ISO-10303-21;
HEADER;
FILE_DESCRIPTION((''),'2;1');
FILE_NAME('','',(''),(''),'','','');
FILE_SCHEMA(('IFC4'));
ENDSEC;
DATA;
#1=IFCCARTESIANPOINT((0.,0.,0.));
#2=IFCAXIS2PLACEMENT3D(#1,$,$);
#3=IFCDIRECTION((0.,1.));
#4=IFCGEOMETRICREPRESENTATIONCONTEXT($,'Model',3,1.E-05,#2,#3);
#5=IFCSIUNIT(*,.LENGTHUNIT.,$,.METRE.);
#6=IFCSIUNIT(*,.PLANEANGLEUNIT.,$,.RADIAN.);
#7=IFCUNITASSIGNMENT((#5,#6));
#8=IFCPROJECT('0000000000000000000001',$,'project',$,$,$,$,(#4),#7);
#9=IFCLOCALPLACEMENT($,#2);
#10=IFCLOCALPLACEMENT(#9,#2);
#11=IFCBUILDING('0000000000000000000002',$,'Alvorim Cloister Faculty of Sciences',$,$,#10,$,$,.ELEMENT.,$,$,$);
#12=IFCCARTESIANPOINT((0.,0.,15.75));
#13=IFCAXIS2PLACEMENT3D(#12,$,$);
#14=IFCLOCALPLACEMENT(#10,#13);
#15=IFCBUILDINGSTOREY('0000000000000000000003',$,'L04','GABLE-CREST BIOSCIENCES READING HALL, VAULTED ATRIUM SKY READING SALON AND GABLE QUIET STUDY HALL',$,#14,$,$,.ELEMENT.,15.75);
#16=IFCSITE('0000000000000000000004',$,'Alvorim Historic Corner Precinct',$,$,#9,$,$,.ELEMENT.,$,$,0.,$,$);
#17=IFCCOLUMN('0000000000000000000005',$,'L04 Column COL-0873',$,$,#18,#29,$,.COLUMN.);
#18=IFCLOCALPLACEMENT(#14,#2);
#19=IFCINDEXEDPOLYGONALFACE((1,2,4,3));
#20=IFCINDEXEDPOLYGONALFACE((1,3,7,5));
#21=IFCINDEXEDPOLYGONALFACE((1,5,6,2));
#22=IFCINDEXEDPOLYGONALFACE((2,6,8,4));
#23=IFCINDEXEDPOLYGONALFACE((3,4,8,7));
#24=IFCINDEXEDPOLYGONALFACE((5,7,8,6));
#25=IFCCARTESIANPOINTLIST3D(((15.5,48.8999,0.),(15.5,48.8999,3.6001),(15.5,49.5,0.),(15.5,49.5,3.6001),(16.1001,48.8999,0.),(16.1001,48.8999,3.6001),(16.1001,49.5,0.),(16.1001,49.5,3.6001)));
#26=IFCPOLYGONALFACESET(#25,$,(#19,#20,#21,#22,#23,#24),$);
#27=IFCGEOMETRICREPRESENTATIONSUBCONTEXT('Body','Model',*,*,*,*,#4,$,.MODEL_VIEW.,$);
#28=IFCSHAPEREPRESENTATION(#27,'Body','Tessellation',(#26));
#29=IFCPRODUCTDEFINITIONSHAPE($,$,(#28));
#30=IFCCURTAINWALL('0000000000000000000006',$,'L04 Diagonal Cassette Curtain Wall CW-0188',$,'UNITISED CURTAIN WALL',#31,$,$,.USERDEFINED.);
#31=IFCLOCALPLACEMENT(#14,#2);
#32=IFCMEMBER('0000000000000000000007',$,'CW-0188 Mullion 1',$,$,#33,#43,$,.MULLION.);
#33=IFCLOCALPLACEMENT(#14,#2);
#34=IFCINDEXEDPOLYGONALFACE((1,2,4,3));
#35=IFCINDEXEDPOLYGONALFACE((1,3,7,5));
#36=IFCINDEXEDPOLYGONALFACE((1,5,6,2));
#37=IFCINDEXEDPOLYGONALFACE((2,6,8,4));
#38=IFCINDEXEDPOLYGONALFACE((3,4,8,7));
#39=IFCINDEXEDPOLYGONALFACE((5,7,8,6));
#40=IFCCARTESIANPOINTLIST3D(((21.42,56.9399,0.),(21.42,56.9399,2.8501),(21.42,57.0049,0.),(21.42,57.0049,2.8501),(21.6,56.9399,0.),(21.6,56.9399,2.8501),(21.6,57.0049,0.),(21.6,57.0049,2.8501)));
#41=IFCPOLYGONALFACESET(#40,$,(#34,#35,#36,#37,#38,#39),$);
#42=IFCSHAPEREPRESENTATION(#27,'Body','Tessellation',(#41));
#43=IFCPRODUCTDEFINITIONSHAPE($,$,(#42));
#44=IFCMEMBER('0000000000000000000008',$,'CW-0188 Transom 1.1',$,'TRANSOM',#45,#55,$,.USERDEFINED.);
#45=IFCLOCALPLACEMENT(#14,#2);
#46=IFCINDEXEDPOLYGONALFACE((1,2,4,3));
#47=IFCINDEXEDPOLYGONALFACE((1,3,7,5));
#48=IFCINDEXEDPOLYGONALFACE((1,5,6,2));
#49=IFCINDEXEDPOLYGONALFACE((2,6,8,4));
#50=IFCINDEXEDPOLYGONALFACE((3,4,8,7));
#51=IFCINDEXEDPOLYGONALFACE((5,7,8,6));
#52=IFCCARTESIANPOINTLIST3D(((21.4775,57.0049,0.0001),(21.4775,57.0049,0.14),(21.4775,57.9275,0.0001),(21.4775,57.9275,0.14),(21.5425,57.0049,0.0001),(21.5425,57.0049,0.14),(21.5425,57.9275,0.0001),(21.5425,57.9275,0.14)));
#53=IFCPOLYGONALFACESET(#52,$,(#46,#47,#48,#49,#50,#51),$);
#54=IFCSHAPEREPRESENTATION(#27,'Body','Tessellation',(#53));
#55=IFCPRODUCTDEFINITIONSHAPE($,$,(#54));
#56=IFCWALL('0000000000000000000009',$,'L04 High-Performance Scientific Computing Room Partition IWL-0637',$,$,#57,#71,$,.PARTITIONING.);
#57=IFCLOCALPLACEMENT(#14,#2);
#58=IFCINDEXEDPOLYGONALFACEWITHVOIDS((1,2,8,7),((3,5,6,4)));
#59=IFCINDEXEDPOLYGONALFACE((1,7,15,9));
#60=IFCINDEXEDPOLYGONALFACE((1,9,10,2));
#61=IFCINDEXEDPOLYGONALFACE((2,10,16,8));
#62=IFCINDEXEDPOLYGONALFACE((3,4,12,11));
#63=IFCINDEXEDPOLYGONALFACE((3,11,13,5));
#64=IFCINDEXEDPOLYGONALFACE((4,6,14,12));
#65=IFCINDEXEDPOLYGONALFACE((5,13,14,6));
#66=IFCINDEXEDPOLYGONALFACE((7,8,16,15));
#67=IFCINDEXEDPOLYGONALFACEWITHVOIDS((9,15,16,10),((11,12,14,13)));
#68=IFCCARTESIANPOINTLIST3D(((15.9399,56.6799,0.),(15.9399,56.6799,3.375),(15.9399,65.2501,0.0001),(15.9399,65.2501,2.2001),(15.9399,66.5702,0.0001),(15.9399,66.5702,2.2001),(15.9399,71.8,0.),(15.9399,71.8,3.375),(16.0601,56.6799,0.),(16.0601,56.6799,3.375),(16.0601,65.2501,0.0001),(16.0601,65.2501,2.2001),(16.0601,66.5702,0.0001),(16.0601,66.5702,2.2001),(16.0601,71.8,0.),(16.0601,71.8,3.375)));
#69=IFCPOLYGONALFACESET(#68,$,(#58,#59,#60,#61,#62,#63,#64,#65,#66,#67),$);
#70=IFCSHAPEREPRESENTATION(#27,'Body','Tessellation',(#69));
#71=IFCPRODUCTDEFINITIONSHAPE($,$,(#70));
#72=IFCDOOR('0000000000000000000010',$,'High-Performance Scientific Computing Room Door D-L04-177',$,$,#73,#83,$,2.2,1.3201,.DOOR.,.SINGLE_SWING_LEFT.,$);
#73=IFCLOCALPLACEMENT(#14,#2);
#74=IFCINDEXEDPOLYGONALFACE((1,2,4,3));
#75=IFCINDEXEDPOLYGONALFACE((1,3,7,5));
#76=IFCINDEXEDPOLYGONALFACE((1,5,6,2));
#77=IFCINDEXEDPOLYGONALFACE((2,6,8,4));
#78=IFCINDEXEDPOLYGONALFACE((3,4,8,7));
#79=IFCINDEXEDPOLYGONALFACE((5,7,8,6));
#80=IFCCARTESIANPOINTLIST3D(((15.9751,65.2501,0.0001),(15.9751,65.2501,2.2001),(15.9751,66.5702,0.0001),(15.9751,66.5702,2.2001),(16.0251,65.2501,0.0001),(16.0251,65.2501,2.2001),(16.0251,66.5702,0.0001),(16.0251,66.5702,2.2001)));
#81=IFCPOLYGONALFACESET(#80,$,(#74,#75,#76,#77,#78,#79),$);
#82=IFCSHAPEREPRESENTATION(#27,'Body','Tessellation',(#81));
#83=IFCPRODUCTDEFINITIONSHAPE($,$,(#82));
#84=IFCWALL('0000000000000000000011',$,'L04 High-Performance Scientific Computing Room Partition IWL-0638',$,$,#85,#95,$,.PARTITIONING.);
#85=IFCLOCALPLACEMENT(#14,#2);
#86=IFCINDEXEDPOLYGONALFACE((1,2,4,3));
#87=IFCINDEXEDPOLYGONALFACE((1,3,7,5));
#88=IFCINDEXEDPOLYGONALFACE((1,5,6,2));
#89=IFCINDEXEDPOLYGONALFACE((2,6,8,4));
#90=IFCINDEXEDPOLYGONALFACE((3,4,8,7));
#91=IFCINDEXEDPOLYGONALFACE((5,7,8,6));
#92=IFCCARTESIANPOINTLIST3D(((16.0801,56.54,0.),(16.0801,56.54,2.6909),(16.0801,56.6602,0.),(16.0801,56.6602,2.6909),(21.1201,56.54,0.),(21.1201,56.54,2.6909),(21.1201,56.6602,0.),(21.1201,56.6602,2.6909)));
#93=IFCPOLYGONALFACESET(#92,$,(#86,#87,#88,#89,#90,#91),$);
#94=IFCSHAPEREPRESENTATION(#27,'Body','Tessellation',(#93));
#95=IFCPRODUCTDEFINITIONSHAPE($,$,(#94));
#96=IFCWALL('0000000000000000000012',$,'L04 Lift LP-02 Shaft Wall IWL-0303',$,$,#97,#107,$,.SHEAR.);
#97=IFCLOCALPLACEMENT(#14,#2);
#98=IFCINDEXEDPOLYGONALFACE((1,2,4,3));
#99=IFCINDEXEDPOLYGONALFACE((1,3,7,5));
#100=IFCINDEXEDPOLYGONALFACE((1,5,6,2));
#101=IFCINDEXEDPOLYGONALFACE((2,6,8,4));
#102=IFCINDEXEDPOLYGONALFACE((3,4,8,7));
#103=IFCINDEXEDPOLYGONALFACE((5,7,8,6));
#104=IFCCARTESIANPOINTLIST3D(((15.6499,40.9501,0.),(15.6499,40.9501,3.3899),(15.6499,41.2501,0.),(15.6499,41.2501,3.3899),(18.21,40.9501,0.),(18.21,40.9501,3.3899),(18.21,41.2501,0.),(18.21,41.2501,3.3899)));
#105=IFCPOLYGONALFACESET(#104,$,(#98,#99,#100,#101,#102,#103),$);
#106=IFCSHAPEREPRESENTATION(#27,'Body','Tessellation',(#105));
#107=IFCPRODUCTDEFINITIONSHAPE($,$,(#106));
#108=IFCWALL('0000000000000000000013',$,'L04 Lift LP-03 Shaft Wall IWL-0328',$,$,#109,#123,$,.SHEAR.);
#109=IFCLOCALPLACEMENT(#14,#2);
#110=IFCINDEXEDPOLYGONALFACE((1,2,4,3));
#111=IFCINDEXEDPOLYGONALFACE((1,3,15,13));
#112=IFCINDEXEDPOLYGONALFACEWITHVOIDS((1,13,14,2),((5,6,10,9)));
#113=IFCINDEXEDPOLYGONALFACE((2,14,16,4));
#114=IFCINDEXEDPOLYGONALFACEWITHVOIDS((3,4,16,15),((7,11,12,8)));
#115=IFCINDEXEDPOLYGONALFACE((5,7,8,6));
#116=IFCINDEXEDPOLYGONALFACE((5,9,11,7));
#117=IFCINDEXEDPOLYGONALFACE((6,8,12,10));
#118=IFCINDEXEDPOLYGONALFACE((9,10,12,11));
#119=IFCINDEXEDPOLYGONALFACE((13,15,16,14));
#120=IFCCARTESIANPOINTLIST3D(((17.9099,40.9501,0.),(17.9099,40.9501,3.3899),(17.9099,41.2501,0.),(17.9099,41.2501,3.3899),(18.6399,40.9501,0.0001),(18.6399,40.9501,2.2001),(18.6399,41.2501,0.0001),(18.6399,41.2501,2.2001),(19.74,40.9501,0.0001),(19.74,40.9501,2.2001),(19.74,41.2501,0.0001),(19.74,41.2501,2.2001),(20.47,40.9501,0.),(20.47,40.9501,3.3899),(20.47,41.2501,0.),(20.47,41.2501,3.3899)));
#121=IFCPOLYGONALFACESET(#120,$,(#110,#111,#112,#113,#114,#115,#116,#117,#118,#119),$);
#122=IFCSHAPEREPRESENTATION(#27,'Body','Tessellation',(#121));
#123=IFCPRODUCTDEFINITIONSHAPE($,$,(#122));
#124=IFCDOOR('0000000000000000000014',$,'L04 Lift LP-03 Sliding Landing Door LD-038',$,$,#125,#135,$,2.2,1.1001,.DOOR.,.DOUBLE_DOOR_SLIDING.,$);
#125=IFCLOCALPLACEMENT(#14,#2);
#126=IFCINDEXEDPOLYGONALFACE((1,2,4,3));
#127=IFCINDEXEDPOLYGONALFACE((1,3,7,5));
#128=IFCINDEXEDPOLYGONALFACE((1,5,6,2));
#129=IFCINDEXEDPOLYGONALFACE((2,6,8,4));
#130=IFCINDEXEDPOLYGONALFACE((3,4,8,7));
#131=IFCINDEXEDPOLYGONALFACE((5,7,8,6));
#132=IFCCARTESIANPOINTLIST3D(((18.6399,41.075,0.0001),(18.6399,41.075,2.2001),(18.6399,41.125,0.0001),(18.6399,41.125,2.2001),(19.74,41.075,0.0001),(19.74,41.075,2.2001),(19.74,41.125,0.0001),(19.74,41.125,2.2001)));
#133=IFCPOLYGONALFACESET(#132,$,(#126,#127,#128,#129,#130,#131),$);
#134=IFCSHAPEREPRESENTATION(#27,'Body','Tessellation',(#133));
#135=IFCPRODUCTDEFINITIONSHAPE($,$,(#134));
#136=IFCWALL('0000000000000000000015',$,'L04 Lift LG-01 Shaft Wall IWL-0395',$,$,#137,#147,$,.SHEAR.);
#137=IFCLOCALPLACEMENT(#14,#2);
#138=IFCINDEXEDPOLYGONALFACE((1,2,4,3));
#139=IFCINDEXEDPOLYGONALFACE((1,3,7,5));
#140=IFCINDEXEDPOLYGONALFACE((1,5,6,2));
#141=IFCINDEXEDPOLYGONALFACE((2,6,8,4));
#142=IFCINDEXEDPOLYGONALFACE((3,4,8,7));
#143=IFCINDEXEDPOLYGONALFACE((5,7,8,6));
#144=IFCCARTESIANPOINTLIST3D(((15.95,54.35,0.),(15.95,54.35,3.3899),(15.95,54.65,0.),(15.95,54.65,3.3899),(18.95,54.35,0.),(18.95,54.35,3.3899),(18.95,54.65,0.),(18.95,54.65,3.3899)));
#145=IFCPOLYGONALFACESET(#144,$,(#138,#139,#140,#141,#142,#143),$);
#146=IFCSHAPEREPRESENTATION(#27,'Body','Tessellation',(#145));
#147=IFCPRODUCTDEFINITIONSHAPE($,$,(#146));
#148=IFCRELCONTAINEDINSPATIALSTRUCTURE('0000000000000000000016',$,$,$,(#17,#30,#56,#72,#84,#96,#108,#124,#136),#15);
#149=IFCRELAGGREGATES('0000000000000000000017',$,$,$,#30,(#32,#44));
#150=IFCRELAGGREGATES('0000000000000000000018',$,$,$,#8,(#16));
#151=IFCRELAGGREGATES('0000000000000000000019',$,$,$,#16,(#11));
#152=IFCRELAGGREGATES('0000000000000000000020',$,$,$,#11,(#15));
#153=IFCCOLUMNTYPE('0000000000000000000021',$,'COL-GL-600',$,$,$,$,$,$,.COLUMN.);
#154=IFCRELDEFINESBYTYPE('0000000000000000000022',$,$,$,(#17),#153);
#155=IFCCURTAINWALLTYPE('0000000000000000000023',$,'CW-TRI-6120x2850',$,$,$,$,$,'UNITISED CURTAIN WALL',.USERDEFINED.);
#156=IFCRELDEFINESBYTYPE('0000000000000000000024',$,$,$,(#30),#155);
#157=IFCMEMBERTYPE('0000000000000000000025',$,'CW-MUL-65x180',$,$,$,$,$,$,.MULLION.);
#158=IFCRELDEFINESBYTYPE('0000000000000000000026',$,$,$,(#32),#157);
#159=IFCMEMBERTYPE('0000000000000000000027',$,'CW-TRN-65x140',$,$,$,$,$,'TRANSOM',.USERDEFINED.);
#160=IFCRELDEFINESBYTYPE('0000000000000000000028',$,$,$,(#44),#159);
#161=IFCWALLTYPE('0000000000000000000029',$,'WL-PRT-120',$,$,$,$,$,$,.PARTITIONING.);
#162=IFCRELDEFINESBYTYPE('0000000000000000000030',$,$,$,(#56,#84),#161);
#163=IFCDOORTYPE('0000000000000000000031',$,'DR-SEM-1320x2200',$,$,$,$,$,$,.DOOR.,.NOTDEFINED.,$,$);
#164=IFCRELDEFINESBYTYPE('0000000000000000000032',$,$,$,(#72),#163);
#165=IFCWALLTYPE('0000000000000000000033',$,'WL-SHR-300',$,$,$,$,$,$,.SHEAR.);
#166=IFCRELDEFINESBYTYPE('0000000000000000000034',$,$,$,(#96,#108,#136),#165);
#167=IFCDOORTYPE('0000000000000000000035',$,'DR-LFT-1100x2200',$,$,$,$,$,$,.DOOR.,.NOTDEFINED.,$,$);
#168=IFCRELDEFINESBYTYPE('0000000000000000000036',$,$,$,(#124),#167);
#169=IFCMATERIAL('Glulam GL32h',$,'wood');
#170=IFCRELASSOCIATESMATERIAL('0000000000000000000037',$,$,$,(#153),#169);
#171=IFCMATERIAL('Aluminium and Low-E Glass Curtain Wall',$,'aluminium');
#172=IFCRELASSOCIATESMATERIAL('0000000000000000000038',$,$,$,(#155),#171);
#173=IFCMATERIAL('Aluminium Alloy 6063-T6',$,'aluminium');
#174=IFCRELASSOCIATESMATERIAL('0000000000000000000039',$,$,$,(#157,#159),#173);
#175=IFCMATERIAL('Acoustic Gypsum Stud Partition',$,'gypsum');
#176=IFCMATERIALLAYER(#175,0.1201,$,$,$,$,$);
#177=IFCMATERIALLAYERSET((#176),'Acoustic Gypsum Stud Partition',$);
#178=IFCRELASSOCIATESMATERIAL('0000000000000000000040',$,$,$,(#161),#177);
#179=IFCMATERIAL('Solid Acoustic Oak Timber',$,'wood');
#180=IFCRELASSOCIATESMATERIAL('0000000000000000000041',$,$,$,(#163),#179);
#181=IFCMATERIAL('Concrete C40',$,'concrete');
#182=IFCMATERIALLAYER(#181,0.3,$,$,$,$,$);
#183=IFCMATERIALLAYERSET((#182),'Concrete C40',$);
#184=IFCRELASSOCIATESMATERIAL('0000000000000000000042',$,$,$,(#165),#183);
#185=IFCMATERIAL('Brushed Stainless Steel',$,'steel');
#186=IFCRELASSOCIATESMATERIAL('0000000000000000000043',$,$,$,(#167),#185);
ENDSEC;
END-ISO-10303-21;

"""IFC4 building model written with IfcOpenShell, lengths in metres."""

from ifc_helpers import new_model, si_unit, direction, frame, frame_2d, origin, origin_2d, place, context, subcontext, project, spatial, rectangle, extrude, material, layer, layer_set, material_profile, profile_set, type_object, element, fill, aggregate, save


model = new_model("IFC4")

# Units and contexts
model_context = context("Model", 3, precision=1e-05, world=origin(), true_north=direction((0.0, 1.0)))
body_context = subcontext(model_context, "Body", "Model", "MODEL_VIEW")
ifc_project = project(units=[si_unit("LENGTHUNIT", "METRE"), si_unit("PLANEANGLEUNIT", "RADIAN")], contexts=[model_context])

# Site, building, storey
site_placement = place(None, origin())
site = spatial("IfcSite", under=ifc_project, at=site_placement, Name="Alvorim Historic Corner Precinct", CompositionType="ELEMENT", RefElevation=0.0)
building_placement = place(site_placement, origin())
building = spatial("IfcBuilding", under=site, at=building_placement, Name="Alvorim Cloister Faculty of Sciences", CompositionType="ELEMENT")
storey_placement = place(building_placement, frame((0.0, 0.0, 15.75)))
storey = spatial("IfcBuildingStorey", under=building, at=storey_placement, Name="L04", Description="GABLE-CREST BIOSCIENCES READING HALL, VAULTED ATRIUM SKY READING SALON AND GABLE QUIET STUDY HALL", CompositionType="ELEMENT", Elevation=15.75)

# Column
ifc_material_1 = material(Name="Glulam GL32h", Category="wood")
ifc_material_profile_1 = material_profile(ifc_material_1, rectangle(XDim=0.6001, YDim=0.6001, at=origin_2d()), Name="GL32-COL-600x600")
ifc_profile_set_1 = profile_set([ifc_material_profile_1], Name="Glulam GL32h")
column_type = type_object("IfcColumnType", Name="COL-GL-600", PredefinedType="COLUMN", material=ifc_profile_set_1)
column_placement = place(storey_placement, frame((15.8, 49.2, 0.0), z_axis=(0.0, 0.0, 1.0), x_axis=(1.0, 0.0, 0.0)))
element("IfcColumn", 1, at=column_placement, inside=storey, type_object=column_type, Name="L04 Column COL-0873", PredefinedType="COLUMN", context=body_context, shape_type="SweptSolid", body=[
    extrude(rectangle(XDim=0.6001, YDim=0.6001, at=origin_2d()), origin(), (0.0, 0.0, 1.0), 3.6001),
])

# Curtain wall, members
ifc_material_2 = material(Name="Aluminium and Low-E Glass Curtain Wall", Category="aluminium")
curtain_wall_type = type_object("IfcCurtainWallType", Name="CW-TRI-6120x2850", ElementType="UNITISED CURTAIN WALL", PredefinedType="USERDEFINED", material=ifc_material_2)
curtain_wall_placement = place(storey_placement, origin())
curtain_wall = element("IfcCurtainWall", 2, at=curtain_wall_placement, inside=storey, type_object=curtain_wall_type, Name="L04 Diagonal Cassette Curtain Wall CW-0188", ObjectType="UNITISED CURTAIN WALL", PredefinedType="USERDEFINED")
ifc_material_3 = material(Name="Aluminium Alloy 6063-T6", Category="aluminium")
ifc_material_profile_2 = material_profile(ifc_material_3, rectangle(XDim=0.0649, YDim=0.1799, at=origin_2d()), Name="ALU-MUL-65x180")
ifc_profile_set_2 = profile_set([ifc_material_profile_2], Name="Aluminium Alloy 6063-T6")
member_type_1 = type_object("IfcMemberType", Name="CW-MUL-65x180", PredefinedType="MULLION", material=ifc_profile_set_2)
member_1_placement = place(storey_placement, frame((21.51, 56.9724, 0.0), z_axis=(0.0, 0.0, 1.0), x_axis=(0.0, 1.0, 0.0)))
member_1 = element("IfcMember", 3, at=member_1_placement, type_object=member_type_1, Name="CW-0188 Mullion 1", PredefinedType="MULLION", context=body_context, shape_type="SweptSolid", body=[
    extrude(rectangle(XDim=0.0649, YDim=0.1799, at=origin_2d()), origin(), (0.0, 0.0, 1.0), 2.8501),
])
ifc_material_profile_3 = material_profile(ifc_material_3, rectangle(XDim=0.0649, YDim=0.1399, at=origin_2d()), Name="ALU-TRN-65x140")
ifc_profile_set_3 = profile_set([ifc_material_profile_3], Name="Aluminium Alloy 6063-T6")
member_type_2 = type_object("IfcMemberType", Name="CW-TRN-65x140", ElementType="TRANSOM", PredefinedType="USERDEFINED", material=ifc_profile_set_3)
member_2_placement = place(storey_placement, frame((21.51, 57.0049, 0.0701), z_axis=(0.0, 1.0, 0.0), x_axis=(-1.0, 0.0, 0.0)))
member_2 = element("IfcMember", 4, at=member_2_placement, type_object=member_type_2, Name="CW-0188 Transom 1.1", ObjectType="TRANSOM", PredefinedType="USERDEFINED", context=body_context, shape_type="SweptSolid", body=[
    extrude(rectangle(XDim=0.0649, YDim=0.1399, at=origin_2d()), origin(), (0.0, 0.0, 1.0), 0.9226),
])
aggregate(curtain_wall, [member_1, member_2])

# Wall, opening, door
ifc_material_4 = material(Name="Acoustic Gypsum Stud Partition", Category="gypsum")
ifc_layer_1 = layer(ifc_material_4, 0.1201)
ifc_layer_set_1 = layer_set([ifc_layer_1], Name="Acoustic Gypsum Stud Partition")
wall_type_1 = type_object("IfcWallType", Name="WL-PRT-120", PredefinedType="PARTITIONING", material=ifc_layer_set_1)
wall_1_placement = place(storey_placement, frame((16.0, 56.6799, 0.0), z_axis=(0.0, 0.0, 1.0), x_axis=(0.0, 1.0, 0.0)))
wall_1 = element("IfcWall", 5, at=wall_1_placement, inside=storey, type_object=wall_type_1, Name="L04 High-Performance Scientific Computing Room Partition IWL-0637", PredefinedType="PARTITIONING", context=body_context, shape_type="SweptSolid", body=[
    extrude(rectangle(XDim=15.1201, YDim=0.1201, at=frame_2d((7.5601, 0.0))), origin(), (0.0, 0.0, 1.0), 3.375),
])
opening_1_placement = place(wall_1_placement, frame((8.5701, 0.0, 0.0)))
opening_1 = element("IfcOpeningElement", 6, at=opening_1_placement, cuts=wall_1, PredefinedType="OPENING", context=body_context, shape_type="SweptSolid", body=[
    extrude(rectangle(XDim=1.3201, YDim=2.2, at=frame_2d((0.6602, 1.1001))), frame((0.0, 0.072, 0.0), z_axis=(0.0, -1.0, 0.0), x_axis=(1.0, 0.0, 0.0)), (0.0, 0.0, 1.0), 0.144),
])
ifc_material_5 = material(Name="Solid Acoustic Oak Timber", Category="wood")
door_type_1 = type_object("IfcDoorType", Name="DR-SEM-1320x2200", OperationType="NOTDEFINED", PredefinedType="DOOR", material=ifc_material_5)
door_1_placement = place(opening_1_placement, origin())
door_1 = element("IfcDoor", 7, at=door_1_placement, inside=storey, type_object=door_type_1, Name="High-Performance Scientific Computing Room Door D-L04-177", OperationType="SINGLE_SWING_LEFT", OverallHeight=2.2, OverallWidth=1.3201, PredefinedType="DOOR", context=body_context, shape_type="SweptSolid", body=[
    extrude(rectangle(XDim=1.3201, YDim=2.2, at=frame_2d((0.6602, 1.1001))), frame((0.0, 0.0249, 0.0), z_axis=(0.0, -1.0, 0.0), x_axis=(1.0, 0.0, 0.0)), (0.0, 0.0, 1.0), 0.05),
])
fill(opening_1, door_1)

# Walls
wall_2_placement = place(storey_placement, frame((16.0801, 56.6001, 0.0), z_axis=(0.0, 0.0, 1.0), x_axis=(1.0, 0.0, 0.0)))
element("IfcWall", 8, at=wall_2_placement, inside=storey, type_object=wall_type_1, Name="L04 High-Performance Scientific Computing Room Partition IWL-0638", PredefinedType="PARTITIONING", context=body_context, shape_type="SweptSolid", body=[
    extrude(rectangle(XDim=5.04, YDim=0.1201, at=frame_2d((2.52, 0.0))), origin(), (0.0, 0.0, 1.0), 2.6909),
])
ifc_material_6 = material(Name="Concrete C40", Category="concrete")
ifc_layer_2 = layer(ifc_material_6, 0.3)
ifc_layer_set_2 = layer_set([ifc_layer_2], Name="Concrete C40")
wall_type_2 = type_object("IfcWallType", Name="WL-SHR-300", PredefinedType="SHEAR", material=ifc_layer_set_2)
wall_3_placement = place(storey_placement, frame((15.6499, 41.1001, 0.0), z_axis=(0.0, 0.0, 1.0), x_axis=(1.0, 0.0, 0.0)))
element("IfcWall", 9, at=wall_3_placement, inside=storey, type_object=wall_type_2, Name="L04 Lift LP-02 Shaft Wall IWL-0303", PredefinedType="SHEAR", context=body_context, shape_type="SweptSolid", body=[
    extrude(rectangle(XDim=2.5601, YDim=0.3, at=frame_2d((1.28, 0.0))), origin(), (0.0, 0.0, 1.0), 3.3899),
])

# Wall, opening, door
wall_4_placement = place(storey_placement, frame((17.9099, 41.1001, 0.0), z_axis=(0.0, 0.0, 1.0), x_axis=(1.0, 0.0, 0.0)))
wall_4 = element("IfcWall", 10, at=wall_4_placement, inside=storey, type_object=wall_type_2, Name="L04 Lift LP-03 Shaft Wall IWL-0328", PredefinedType="SHEAR", context=body_context, shape_type="SweptSolid", body=[
    extrude(rectangle(XDim=2.5601, YDim=0.3, at=frame_2d((1.28, 0.0))), origin(), (0.0, 0.0, 1.0), 3.3899),
])
opening_2_placement = place(wall_4_placement, frame((0.73, 0.0, 0.0)))
opening_2 = element("IfcOpeningElement", 11, at=opening_2_placement, cuts=wall_4, PredefinedType="OPENING", context=body_context, shape_type="SweptSolid", body=[
    extrude(rectangle(XDim=1.1001, YDim=2.2, at=frame_2d((0.55, 1.1001))), frame((0.0, 0.1621, 0.0), z_axis=(0.0, -1.0, 0.0), x_axis=(1.0, 0.0, 0.0)), (0.0, 0.0, 1.0), 0.324),
])
ifc_material_7 = material(Name="Brushed Stainless Steel", Category="steel")
door_type_2 = type_object("IfcDoorType", Name="DR-LFT-1100x2200", OperationType="NOTDEFINED", PredefinedType="DOOR", material=ifc_material_7)
door_2_placement = place(opening_2_placement, origin())
door_2 = element("IfcDoor", 12, at=door_2_placement, inside=storey, type_object=door_type_2, Name="L04 Lift LP-03 Sliding Landing Door LD-038", OperationType="DOUBLE_DOOR_SLIDING", OverallHeight=2.2, OverallWidth=1.1001, PredefinedType="DOOR", context=body_context, shape_type="SweptSolid", body=[
    extrude(rectangle(XDim=1.1001, YDim=2.2, at=frame_2d((0.55, 1.1001))), frame((0.0, 0.0249, 0.0), z_axis=(0.0, -1.0, 0.0), x_axis=(1.0, 0.0, 0.0)), (0.0, 0.0, 1.0), 0.05),
])
fill(opening_2, door_2)

# Wall
wall_5_placement = place(storey_placement, frame((15.95, 54.5, 0.0), z_axis=(0.0, 0.0, 1.0), x_axis=(1.0, 0.0, 0.0)))
element("IfcWall", 13, at=wall_5_placement, inside=storey, type_object=wall_type_2, Name="L04 Lift LG-01 Shaft Wall IWL-0395", PredefinedType="SHEAR", context=body_context, shape_type="SweptSolid", body=[
    extrude(rectangle(XDim=3.0, YDim=0.3, at=frame_2d((1.5, 0.0))), origin(), (0.0, 0.0, 1.0), 3.3899),
])

save(model, "model.ifc")
